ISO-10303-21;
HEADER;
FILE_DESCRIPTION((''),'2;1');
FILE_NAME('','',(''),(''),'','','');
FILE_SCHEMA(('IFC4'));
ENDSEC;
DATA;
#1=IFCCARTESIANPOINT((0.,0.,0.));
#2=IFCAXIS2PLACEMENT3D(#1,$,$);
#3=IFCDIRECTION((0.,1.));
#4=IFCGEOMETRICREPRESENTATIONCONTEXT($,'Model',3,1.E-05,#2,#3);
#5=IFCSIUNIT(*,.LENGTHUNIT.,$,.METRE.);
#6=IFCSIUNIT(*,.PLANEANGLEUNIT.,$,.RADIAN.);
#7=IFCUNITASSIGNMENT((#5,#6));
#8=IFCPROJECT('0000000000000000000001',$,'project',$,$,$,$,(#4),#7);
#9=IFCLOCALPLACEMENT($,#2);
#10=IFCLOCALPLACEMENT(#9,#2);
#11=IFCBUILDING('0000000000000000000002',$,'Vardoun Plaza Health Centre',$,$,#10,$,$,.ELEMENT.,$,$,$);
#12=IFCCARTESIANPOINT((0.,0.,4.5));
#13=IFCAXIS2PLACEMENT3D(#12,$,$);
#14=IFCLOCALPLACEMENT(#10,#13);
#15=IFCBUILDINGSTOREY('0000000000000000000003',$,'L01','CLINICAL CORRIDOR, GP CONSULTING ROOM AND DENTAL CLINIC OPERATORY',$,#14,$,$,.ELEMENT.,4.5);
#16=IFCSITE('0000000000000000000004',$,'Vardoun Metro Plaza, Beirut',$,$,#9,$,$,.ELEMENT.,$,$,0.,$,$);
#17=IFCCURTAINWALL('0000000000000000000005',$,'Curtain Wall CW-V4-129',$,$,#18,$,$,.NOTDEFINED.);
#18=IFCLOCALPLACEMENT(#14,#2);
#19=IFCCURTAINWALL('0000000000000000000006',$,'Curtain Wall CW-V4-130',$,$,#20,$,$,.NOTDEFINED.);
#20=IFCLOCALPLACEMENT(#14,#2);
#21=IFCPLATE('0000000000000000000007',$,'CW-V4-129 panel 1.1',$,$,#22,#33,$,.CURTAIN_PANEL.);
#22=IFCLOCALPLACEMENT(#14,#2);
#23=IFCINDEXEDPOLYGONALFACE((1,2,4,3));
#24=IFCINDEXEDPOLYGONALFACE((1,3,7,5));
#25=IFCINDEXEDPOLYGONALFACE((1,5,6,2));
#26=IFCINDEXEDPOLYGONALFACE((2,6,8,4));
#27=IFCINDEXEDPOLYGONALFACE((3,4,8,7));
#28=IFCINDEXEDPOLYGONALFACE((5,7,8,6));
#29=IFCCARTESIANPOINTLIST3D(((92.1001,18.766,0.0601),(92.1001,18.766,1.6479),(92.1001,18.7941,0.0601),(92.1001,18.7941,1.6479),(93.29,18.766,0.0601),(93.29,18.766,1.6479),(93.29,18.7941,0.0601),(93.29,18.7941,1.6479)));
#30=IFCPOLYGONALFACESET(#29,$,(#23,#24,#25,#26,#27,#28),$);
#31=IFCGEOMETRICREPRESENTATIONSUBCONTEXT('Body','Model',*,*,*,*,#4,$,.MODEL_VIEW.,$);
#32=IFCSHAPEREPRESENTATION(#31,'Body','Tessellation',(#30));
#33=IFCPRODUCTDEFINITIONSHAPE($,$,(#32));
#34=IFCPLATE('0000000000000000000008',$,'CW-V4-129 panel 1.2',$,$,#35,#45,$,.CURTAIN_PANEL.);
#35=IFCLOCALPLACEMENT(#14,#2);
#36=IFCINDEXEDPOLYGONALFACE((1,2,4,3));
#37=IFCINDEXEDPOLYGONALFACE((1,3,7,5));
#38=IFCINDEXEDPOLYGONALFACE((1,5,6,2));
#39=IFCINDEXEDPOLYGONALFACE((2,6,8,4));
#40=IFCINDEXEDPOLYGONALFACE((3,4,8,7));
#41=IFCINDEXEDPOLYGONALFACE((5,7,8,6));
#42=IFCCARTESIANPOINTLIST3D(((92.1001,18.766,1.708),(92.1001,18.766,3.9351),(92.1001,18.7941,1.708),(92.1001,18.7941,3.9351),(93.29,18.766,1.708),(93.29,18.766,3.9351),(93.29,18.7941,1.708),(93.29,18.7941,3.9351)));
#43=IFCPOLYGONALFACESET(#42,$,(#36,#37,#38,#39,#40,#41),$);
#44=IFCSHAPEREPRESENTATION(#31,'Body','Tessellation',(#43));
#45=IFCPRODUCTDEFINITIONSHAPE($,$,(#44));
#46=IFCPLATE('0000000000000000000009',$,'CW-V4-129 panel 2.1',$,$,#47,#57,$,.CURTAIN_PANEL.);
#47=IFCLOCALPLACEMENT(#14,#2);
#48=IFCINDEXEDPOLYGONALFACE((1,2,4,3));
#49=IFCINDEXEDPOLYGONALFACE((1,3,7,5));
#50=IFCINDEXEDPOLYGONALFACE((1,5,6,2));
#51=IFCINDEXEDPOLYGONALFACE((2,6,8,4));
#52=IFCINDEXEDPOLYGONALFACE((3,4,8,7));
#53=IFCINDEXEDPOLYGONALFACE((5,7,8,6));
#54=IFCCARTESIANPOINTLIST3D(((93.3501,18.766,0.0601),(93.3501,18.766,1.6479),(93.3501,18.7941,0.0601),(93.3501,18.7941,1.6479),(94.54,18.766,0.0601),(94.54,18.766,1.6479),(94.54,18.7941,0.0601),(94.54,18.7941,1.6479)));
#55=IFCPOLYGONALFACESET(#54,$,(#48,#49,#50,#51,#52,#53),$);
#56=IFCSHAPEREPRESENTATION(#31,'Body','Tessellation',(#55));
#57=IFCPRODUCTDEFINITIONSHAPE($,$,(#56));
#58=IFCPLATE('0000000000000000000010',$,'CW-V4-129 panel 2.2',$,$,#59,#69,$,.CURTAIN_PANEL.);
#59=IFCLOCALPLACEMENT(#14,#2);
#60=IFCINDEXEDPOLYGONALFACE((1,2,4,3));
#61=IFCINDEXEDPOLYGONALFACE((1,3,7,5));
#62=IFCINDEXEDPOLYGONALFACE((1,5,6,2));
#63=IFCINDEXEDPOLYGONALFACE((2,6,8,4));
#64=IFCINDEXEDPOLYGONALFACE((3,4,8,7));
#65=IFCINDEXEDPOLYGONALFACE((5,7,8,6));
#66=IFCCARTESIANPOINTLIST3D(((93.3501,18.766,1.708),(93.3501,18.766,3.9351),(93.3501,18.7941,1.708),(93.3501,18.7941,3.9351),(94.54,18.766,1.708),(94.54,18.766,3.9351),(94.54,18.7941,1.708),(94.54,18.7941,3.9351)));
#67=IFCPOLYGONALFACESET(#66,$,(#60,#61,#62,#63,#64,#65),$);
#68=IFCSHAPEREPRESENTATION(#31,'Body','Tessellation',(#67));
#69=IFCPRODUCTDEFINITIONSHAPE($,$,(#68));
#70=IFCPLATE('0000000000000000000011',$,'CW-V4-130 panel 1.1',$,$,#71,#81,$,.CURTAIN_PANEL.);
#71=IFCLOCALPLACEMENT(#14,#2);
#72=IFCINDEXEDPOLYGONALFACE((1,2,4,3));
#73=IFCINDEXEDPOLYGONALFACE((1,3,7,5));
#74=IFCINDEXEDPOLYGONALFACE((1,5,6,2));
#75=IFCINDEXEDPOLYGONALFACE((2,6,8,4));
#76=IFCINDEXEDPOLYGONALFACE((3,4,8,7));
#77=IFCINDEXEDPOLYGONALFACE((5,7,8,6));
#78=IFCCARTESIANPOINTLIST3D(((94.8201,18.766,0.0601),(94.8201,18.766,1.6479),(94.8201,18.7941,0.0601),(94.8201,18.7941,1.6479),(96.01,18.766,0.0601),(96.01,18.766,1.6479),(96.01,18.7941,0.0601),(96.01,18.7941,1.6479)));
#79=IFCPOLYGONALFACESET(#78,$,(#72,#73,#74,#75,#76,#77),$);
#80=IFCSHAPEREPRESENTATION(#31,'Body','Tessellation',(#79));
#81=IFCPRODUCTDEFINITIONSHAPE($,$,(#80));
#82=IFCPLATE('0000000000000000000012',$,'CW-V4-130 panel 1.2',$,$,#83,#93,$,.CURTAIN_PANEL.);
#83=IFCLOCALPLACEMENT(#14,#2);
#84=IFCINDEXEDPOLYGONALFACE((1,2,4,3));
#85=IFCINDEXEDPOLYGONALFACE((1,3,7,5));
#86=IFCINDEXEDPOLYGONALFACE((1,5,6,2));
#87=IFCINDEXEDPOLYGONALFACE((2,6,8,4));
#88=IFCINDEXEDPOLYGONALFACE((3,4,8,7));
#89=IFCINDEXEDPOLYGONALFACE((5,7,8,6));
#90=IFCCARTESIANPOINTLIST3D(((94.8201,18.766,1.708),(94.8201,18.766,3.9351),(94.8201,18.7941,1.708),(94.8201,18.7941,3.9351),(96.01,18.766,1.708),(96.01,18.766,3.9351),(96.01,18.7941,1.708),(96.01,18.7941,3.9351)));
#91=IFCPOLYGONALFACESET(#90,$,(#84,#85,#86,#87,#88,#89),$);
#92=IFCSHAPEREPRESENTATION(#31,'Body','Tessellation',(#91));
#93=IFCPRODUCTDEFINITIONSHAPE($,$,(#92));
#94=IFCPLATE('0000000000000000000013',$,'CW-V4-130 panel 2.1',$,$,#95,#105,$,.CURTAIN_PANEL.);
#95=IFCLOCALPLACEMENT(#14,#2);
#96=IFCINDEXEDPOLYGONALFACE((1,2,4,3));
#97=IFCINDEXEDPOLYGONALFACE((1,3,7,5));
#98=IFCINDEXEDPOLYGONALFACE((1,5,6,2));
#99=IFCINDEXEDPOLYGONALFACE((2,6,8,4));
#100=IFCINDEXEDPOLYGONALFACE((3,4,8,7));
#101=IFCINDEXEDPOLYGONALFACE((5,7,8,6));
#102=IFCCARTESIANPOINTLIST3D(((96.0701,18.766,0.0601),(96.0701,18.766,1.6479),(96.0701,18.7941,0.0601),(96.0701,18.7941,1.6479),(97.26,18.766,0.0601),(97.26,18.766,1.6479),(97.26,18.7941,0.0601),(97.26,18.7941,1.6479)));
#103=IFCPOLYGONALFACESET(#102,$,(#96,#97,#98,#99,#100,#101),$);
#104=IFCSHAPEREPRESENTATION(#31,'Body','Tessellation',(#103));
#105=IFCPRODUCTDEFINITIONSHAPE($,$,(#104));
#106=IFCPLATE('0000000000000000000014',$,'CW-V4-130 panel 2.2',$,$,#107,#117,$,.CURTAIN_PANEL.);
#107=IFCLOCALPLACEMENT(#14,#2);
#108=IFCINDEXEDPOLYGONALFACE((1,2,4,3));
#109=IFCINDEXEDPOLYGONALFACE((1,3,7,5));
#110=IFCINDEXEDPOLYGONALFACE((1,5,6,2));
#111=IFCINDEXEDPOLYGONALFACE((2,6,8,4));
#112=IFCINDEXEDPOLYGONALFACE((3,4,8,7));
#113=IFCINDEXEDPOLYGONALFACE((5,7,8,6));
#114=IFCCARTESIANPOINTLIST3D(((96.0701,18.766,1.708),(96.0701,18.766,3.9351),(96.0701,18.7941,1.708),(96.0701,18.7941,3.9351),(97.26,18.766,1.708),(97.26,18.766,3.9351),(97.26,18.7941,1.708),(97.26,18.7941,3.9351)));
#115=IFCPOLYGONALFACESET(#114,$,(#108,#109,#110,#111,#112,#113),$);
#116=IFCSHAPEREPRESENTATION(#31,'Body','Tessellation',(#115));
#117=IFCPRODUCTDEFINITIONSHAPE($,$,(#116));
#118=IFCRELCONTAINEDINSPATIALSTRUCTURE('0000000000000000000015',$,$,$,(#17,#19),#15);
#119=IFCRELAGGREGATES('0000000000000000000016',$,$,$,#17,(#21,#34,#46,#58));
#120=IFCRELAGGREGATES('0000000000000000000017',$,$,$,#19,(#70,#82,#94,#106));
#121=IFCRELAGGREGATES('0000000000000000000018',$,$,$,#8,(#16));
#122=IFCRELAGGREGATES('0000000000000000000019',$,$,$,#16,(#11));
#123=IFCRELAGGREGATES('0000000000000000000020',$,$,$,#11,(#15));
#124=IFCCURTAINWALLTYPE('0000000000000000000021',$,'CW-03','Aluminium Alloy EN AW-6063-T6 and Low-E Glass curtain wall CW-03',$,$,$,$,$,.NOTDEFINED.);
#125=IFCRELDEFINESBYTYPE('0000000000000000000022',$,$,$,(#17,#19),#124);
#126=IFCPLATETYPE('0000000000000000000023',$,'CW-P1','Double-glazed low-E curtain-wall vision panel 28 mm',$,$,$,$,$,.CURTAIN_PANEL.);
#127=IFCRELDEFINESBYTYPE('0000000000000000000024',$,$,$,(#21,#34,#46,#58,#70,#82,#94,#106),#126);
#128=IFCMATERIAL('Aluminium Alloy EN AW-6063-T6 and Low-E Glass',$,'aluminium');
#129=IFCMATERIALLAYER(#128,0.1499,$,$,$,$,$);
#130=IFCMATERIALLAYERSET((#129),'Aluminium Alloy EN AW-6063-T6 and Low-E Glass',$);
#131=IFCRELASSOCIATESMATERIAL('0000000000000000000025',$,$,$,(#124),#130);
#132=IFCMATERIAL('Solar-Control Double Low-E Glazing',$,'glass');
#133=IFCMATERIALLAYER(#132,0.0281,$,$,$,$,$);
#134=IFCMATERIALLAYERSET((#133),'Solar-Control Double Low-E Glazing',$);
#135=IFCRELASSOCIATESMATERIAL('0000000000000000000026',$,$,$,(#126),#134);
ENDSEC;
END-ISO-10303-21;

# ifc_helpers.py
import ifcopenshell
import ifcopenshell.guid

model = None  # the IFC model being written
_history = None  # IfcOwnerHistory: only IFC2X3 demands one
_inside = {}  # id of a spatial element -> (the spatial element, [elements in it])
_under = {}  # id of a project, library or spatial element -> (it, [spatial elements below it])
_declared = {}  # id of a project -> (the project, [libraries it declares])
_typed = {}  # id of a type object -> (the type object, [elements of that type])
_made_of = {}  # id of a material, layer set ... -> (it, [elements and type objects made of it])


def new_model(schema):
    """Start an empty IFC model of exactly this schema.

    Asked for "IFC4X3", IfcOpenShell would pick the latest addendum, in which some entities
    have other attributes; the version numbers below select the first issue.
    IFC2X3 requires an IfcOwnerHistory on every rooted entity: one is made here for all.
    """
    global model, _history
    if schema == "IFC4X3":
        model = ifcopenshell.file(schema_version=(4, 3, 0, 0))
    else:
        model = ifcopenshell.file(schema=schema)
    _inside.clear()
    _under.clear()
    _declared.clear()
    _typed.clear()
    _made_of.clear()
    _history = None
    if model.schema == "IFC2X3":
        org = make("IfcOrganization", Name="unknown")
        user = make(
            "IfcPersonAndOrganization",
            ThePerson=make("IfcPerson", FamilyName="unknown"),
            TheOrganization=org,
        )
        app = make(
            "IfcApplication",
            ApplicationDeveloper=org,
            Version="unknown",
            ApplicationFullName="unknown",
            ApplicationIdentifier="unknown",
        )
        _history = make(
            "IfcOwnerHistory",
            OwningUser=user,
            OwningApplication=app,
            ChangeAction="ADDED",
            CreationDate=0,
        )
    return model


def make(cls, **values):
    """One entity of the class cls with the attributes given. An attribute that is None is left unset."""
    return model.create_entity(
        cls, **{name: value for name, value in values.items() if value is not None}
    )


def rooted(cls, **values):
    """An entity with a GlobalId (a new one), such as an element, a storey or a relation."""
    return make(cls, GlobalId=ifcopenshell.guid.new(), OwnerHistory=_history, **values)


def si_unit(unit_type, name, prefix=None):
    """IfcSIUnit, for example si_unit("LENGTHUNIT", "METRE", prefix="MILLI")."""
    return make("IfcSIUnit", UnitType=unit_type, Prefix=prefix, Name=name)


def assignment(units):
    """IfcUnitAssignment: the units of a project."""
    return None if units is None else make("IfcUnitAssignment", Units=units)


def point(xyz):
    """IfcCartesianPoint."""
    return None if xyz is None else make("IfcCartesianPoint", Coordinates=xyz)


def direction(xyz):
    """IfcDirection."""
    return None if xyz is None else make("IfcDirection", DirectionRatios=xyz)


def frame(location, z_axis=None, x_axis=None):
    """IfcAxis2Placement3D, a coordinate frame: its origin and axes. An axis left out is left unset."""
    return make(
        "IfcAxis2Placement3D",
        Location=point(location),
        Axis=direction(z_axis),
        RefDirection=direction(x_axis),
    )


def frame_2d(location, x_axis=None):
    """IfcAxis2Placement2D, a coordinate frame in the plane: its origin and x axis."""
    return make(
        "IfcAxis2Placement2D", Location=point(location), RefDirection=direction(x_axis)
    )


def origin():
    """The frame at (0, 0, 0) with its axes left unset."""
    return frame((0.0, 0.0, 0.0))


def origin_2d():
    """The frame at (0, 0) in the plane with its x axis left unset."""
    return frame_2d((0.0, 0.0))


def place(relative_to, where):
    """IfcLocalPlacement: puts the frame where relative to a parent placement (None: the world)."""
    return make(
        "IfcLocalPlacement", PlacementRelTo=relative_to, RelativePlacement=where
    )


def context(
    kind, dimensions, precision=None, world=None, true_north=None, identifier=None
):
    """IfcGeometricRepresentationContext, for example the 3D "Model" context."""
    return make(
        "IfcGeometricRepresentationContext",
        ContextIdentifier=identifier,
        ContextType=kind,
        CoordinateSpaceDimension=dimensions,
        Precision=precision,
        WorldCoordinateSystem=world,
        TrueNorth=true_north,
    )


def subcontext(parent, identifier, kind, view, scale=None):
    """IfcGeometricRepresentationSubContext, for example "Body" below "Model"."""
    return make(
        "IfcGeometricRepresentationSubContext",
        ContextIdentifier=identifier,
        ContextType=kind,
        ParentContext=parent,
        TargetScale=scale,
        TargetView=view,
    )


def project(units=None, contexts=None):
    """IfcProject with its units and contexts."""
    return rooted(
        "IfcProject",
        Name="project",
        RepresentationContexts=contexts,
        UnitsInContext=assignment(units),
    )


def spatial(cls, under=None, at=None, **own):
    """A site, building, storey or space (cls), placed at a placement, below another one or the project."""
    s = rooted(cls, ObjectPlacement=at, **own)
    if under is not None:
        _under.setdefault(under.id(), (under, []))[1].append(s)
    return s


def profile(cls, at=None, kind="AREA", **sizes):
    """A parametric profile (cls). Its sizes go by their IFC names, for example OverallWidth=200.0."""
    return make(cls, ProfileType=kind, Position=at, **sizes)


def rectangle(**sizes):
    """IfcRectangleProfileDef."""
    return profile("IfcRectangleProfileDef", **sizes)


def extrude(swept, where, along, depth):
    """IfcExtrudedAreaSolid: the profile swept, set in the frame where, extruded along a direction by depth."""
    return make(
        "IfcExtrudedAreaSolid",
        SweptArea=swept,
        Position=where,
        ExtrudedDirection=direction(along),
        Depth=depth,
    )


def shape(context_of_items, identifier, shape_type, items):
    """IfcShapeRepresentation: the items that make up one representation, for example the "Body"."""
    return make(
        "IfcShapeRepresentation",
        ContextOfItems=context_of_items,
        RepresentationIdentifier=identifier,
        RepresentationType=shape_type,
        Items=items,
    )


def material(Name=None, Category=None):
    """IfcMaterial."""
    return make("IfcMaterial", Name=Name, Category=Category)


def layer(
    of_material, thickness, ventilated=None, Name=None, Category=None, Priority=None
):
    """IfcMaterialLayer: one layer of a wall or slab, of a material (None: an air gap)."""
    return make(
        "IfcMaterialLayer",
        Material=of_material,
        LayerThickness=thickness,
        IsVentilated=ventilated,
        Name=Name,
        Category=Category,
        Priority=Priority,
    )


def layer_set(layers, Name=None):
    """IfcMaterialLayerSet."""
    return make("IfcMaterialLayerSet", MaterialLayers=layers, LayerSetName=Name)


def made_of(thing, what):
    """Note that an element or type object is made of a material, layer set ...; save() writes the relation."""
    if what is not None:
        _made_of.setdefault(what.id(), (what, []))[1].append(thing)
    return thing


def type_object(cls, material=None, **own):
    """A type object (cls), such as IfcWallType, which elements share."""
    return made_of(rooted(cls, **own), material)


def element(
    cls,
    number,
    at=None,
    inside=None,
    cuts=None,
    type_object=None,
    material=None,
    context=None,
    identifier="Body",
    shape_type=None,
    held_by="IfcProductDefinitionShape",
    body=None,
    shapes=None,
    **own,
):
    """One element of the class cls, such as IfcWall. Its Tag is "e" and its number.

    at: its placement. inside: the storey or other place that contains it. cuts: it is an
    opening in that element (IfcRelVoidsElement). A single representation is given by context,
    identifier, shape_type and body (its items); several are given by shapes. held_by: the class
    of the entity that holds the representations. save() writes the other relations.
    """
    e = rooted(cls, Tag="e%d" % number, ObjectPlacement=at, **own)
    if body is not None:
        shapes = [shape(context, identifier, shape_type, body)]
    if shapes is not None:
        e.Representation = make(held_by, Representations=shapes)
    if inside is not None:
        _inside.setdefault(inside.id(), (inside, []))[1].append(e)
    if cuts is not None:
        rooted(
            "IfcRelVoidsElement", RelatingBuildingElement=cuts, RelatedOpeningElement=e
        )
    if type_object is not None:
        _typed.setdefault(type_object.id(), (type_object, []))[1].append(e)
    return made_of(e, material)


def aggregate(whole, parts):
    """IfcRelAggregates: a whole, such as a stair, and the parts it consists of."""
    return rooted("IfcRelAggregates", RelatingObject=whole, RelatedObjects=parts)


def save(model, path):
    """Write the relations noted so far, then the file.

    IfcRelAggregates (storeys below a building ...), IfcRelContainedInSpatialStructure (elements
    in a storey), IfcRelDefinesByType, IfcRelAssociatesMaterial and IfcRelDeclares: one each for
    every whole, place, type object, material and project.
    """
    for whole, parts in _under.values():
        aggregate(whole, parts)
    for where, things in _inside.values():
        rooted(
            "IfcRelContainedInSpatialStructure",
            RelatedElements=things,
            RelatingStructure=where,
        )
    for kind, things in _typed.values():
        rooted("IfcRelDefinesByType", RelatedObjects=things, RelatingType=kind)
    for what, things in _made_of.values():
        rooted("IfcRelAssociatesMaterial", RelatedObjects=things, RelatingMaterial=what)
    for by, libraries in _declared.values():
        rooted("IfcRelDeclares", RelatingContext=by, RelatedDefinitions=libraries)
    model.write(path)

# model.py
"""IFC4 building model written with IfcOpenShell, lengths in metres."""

from ifc_helpers import new_model, si_unit, direction, frame, origin, origin_2d, place, context, subcontext, project, spatial, rectangle, extrude, material, layer, layer_set, type_object, element, aggregate, save


model = new_model("IFC4")

# Units and contexts
model_context = context("Model", 3, precision=1e-05, world=origin(), true_north=direction((0.0, 1.0)))
body_context = subcontext(model_context, "Body", "Model", "MODEL_VIEW")
ifc_project = project(units=[si_unit("LENGTHUNIT", "METRE"), si_unit("PLANEANGLEUNIT", "RADIAN")], contexts=[model_context])

# Site, building, storey
site_placement = place(None, origin())
site = spatial("IfcSite", under=ifc_project, at=site_placement, Name="Vardoun Metro Plaza, Beirut", CompositionType="ELEMENT", RefElevation=0.0)
building_placement = place(site_placement, origin())
building = spatial("IfcBuilding", under=site, at=building_placement, Name="Vardoun Plaza Health Centre", CompositionType="ELEMENT")
storey_placement = place(building_placement, frame((0.0, 0.0, 4.5)))
storey = spatial("IfcBuildingStorey", under=building, at=storey_placement, Name="L01", Description="CLINICAL CORRIDOR, GP CONSULTING ROOM AND DENTAL CLINIC OPERATORY", CompositionType="ELEMENT", Elevation=4.5)

# Curtain walls
ifc_material_1 = material(Name="Aluminium Alloy EN AW-6063-T6 and Low-E Glass", Category="aluminium")
ifc_layer_1 = layer(ifc_material_1, 0.1499)
ifc_layer_set_1 = layer_set([ifc_layer_1], Name="Aluminium Alloy EN AW-6063-T6 and Low-E Glass")
curtain_wall_type = type_object("IfcCurtainWallType", Name="CW-03", Description="Aluminium Alloy EN AW-6063-T6 and Low-E Glass curtain wall CW-03", PredefinedType="NOTDEFINED", material=ifc_layer_set_1)
curtain_wall_1_placement = place(storey_placement, origin())
curtain_wall_1 = element("IfcCurtainWall", 1, at=curtain_wall_1_placement, inside=storey, type_object=curtain_wall_type, Name="Curtain Wall CW-V4-129", PredefinedType="NOTDEFINED")
curtain_wall_2_placement = place(storey_placement, origin())
curtain_wall_2 = element("IfcCurtainWall", 2, at=curtain_wall_2_placement, inside=storey, type_object=curtain_wall_type, Name="Curtain Wall CW-V4-130", PredefinedType="NOTDEFINED")

# Plates
ifc_material_2 = material(Name="Solar-Control Double Low-E Glazing", Category="glass")
ifc_layer_2 = layer(ifc_material_2, 0.0281)
ifc_layer_set_2 = layer_set([ifc_layer_2], Name="Solar-Control Double Low-E Glazing")
plate_type = type_object("IfcPlateType", Name="CW-P1", Description="Double-glazed low-E curtain-wall vision panel 28 mm", PredefinedType="CURTAIN_PANEL", material=ifc_layer_set_2)
plate_1_placement = place(storey_placement, frame((92.6951, 18.78, 0.0601), z_axis=(0.0, 0.0, 1.0), x_axis=(1.0, 0.0, 0.0)))
plate_1 = element("IfcPlate", 3, at=plate_1_placement, type_object=plate_type, Name="CW-V4-129 panel 1.1", PredefinedType="CURTAIN_PANEL", context=body_context, shape_type="SweptSolid", body=[
    extrude(rectangle(XDim=1.1899, YDim=0.0281, at=origin_2d()), origin(), (0.0, 0.0, 1.0), 1.5879),
])
plate_2_placement = place(storey_placement, frame((92.6951, 18.78, 1.708), z_axis=(0.0, 0.0, 1.0), x_axis=(1.0, 0.0, 0.0)))
plate_2 = element("IfcPlate", 4, at=plate_2_placement, type_object=plate_type, Name="CW-V4-129 panel 1.2", PredefinedType="CURTAIN_PANEL", context=body_context, shape_type="SweptSolid", body=[
    extrude(rectangle(XDim=1.1899, YDim=0.0281, at=origin_2d()), origin(), (0.0, 0.0, 1.0), 2.2271),
])
plate_3_placement = place(storey_placement, frame((93.9451, 18.78, 0.0601), z_axis=(0.0, 0.0, 1.0), x_axis=(1.0, 0.0, 0.0)))
plate_3 = element("IfcPlate", 5, at=plate_3_placement, type_object=plate_type, Name="CW-V4-129 panel 2.1", PredefinedType="CURTAIN_PANEL", context=body_context, shape_type="SweptSolid", body=[
    extrude(rectangle(XDim=1.1899, YDim=0.0281, at=origin_2d()), origin(), (0.0, 0.0, 1.0), 1.5879),
])
plate_4_placement = place(storey_placement, frame((93.9451, 18.78, 1.708), z_axis=(0.0, 0.0, 1.0), x_axis=(1.0, 0.0, 0.0)))
plate_4 = element("IfcPlate", 6, at=plate_4_placement, type_object=plate_type, Name="CW-V4-129 panel 2.2", PredefinedType="CURTAIN_PANEL", context=body_context, shape_type="SweptSolid", body=[
    extrude(rectangle(XDim=1.1899, YDim=0.0281, at=origin_2d()), origin(), (0.0, 0.0, 1.0), 2.2271),
])
aggregate(curtain_wall_1, [plate_1, plate_2, plate_3, plate_4])
plate_5_placement = place(storey_placement, frame((95.415, 18.78, 0.0601), z_axis=(0.0, 0.0, 1.0), x_axis=(1.0, 0.0, 0.0)))
plate_5 = element("IfcPlate", 7, at=plate_5_placement, type_object=plate_type, Name="CW-V4-130 panel 1.1", PredefinedType="CURTAIN_PANEL", context=body_context, shape_type="SweptSolid", body=[
    extrude(rectangle(XDim=1.1899, YDim=0.0281, at=origin_2d()), origin(), (0.0, 0.0, 1.0), 1.5879),
])
plate_6_placement = place(storey_placement, frame((95.415, 18.78, 1.708), z_axis=(0.0, 0.0, 1.0), x_axis=(1.0, 0.0, 0.0)))
plate_6 = element("IfcPlate", 8, at=plate_6_placement, type_object=plate_type, Name="CW-V4-130 panel 1.2", PredefinedType="CURTAIN_PANEL", context=body_context, shape_type="SweptSolid", body=[
    extrude(rectangle(XDim=1.1899, YDim=0.0281, at=origin_2d()), origin(), (0.0, 0.0, 1.0), 2.2271),
])
plate_7_placement = place(storey_placement, frame((96.665, 18.78, 0.0601), z_axis=(0.0, 0.0, 1.0), x_axis=(1.0, 0.0, 0.0)))
plate_7 = element("IfcPlate", 9, at=plate_7_placement, type_object=plate_type, Name="CW-V4-130 panel 2.1", PredefinedType="CURTAIN_PANEL", context=body_context, shape_type="SweptSolid", body=[
    extrude(rectangle(XDim=1.1899, YDim=0.0281, at=origin_2d()), origin(), (0.0, 0.0, 1.0), 1.5879),
])
plate_8_placement = place(storey_placement, frame((96.665, 18.78, 1.708), z_axis=(0.0, 0.0, 1.0), x_axis=(1.0, 0.0, 0.0)))
plate_8 = element("IfcPlate", 10, at=plate_8_placement, type_object=plate_type, Name="CW-V4-130 panel 2.2", PredefinedType="CURTAIN_PANEL", context=body_context, shape_type="SweptSolid", body=[
    extrude(rectangle(XDim=1.1899, YDim=0.0281, at=origin_2d()), origin(), (0.0, 0.0, 1.0), 2.2271),
])
aggregate(curtain_wall_2, [plate_5, plate_6, plate_7, plate_8])

save(model, "model.ifc")
